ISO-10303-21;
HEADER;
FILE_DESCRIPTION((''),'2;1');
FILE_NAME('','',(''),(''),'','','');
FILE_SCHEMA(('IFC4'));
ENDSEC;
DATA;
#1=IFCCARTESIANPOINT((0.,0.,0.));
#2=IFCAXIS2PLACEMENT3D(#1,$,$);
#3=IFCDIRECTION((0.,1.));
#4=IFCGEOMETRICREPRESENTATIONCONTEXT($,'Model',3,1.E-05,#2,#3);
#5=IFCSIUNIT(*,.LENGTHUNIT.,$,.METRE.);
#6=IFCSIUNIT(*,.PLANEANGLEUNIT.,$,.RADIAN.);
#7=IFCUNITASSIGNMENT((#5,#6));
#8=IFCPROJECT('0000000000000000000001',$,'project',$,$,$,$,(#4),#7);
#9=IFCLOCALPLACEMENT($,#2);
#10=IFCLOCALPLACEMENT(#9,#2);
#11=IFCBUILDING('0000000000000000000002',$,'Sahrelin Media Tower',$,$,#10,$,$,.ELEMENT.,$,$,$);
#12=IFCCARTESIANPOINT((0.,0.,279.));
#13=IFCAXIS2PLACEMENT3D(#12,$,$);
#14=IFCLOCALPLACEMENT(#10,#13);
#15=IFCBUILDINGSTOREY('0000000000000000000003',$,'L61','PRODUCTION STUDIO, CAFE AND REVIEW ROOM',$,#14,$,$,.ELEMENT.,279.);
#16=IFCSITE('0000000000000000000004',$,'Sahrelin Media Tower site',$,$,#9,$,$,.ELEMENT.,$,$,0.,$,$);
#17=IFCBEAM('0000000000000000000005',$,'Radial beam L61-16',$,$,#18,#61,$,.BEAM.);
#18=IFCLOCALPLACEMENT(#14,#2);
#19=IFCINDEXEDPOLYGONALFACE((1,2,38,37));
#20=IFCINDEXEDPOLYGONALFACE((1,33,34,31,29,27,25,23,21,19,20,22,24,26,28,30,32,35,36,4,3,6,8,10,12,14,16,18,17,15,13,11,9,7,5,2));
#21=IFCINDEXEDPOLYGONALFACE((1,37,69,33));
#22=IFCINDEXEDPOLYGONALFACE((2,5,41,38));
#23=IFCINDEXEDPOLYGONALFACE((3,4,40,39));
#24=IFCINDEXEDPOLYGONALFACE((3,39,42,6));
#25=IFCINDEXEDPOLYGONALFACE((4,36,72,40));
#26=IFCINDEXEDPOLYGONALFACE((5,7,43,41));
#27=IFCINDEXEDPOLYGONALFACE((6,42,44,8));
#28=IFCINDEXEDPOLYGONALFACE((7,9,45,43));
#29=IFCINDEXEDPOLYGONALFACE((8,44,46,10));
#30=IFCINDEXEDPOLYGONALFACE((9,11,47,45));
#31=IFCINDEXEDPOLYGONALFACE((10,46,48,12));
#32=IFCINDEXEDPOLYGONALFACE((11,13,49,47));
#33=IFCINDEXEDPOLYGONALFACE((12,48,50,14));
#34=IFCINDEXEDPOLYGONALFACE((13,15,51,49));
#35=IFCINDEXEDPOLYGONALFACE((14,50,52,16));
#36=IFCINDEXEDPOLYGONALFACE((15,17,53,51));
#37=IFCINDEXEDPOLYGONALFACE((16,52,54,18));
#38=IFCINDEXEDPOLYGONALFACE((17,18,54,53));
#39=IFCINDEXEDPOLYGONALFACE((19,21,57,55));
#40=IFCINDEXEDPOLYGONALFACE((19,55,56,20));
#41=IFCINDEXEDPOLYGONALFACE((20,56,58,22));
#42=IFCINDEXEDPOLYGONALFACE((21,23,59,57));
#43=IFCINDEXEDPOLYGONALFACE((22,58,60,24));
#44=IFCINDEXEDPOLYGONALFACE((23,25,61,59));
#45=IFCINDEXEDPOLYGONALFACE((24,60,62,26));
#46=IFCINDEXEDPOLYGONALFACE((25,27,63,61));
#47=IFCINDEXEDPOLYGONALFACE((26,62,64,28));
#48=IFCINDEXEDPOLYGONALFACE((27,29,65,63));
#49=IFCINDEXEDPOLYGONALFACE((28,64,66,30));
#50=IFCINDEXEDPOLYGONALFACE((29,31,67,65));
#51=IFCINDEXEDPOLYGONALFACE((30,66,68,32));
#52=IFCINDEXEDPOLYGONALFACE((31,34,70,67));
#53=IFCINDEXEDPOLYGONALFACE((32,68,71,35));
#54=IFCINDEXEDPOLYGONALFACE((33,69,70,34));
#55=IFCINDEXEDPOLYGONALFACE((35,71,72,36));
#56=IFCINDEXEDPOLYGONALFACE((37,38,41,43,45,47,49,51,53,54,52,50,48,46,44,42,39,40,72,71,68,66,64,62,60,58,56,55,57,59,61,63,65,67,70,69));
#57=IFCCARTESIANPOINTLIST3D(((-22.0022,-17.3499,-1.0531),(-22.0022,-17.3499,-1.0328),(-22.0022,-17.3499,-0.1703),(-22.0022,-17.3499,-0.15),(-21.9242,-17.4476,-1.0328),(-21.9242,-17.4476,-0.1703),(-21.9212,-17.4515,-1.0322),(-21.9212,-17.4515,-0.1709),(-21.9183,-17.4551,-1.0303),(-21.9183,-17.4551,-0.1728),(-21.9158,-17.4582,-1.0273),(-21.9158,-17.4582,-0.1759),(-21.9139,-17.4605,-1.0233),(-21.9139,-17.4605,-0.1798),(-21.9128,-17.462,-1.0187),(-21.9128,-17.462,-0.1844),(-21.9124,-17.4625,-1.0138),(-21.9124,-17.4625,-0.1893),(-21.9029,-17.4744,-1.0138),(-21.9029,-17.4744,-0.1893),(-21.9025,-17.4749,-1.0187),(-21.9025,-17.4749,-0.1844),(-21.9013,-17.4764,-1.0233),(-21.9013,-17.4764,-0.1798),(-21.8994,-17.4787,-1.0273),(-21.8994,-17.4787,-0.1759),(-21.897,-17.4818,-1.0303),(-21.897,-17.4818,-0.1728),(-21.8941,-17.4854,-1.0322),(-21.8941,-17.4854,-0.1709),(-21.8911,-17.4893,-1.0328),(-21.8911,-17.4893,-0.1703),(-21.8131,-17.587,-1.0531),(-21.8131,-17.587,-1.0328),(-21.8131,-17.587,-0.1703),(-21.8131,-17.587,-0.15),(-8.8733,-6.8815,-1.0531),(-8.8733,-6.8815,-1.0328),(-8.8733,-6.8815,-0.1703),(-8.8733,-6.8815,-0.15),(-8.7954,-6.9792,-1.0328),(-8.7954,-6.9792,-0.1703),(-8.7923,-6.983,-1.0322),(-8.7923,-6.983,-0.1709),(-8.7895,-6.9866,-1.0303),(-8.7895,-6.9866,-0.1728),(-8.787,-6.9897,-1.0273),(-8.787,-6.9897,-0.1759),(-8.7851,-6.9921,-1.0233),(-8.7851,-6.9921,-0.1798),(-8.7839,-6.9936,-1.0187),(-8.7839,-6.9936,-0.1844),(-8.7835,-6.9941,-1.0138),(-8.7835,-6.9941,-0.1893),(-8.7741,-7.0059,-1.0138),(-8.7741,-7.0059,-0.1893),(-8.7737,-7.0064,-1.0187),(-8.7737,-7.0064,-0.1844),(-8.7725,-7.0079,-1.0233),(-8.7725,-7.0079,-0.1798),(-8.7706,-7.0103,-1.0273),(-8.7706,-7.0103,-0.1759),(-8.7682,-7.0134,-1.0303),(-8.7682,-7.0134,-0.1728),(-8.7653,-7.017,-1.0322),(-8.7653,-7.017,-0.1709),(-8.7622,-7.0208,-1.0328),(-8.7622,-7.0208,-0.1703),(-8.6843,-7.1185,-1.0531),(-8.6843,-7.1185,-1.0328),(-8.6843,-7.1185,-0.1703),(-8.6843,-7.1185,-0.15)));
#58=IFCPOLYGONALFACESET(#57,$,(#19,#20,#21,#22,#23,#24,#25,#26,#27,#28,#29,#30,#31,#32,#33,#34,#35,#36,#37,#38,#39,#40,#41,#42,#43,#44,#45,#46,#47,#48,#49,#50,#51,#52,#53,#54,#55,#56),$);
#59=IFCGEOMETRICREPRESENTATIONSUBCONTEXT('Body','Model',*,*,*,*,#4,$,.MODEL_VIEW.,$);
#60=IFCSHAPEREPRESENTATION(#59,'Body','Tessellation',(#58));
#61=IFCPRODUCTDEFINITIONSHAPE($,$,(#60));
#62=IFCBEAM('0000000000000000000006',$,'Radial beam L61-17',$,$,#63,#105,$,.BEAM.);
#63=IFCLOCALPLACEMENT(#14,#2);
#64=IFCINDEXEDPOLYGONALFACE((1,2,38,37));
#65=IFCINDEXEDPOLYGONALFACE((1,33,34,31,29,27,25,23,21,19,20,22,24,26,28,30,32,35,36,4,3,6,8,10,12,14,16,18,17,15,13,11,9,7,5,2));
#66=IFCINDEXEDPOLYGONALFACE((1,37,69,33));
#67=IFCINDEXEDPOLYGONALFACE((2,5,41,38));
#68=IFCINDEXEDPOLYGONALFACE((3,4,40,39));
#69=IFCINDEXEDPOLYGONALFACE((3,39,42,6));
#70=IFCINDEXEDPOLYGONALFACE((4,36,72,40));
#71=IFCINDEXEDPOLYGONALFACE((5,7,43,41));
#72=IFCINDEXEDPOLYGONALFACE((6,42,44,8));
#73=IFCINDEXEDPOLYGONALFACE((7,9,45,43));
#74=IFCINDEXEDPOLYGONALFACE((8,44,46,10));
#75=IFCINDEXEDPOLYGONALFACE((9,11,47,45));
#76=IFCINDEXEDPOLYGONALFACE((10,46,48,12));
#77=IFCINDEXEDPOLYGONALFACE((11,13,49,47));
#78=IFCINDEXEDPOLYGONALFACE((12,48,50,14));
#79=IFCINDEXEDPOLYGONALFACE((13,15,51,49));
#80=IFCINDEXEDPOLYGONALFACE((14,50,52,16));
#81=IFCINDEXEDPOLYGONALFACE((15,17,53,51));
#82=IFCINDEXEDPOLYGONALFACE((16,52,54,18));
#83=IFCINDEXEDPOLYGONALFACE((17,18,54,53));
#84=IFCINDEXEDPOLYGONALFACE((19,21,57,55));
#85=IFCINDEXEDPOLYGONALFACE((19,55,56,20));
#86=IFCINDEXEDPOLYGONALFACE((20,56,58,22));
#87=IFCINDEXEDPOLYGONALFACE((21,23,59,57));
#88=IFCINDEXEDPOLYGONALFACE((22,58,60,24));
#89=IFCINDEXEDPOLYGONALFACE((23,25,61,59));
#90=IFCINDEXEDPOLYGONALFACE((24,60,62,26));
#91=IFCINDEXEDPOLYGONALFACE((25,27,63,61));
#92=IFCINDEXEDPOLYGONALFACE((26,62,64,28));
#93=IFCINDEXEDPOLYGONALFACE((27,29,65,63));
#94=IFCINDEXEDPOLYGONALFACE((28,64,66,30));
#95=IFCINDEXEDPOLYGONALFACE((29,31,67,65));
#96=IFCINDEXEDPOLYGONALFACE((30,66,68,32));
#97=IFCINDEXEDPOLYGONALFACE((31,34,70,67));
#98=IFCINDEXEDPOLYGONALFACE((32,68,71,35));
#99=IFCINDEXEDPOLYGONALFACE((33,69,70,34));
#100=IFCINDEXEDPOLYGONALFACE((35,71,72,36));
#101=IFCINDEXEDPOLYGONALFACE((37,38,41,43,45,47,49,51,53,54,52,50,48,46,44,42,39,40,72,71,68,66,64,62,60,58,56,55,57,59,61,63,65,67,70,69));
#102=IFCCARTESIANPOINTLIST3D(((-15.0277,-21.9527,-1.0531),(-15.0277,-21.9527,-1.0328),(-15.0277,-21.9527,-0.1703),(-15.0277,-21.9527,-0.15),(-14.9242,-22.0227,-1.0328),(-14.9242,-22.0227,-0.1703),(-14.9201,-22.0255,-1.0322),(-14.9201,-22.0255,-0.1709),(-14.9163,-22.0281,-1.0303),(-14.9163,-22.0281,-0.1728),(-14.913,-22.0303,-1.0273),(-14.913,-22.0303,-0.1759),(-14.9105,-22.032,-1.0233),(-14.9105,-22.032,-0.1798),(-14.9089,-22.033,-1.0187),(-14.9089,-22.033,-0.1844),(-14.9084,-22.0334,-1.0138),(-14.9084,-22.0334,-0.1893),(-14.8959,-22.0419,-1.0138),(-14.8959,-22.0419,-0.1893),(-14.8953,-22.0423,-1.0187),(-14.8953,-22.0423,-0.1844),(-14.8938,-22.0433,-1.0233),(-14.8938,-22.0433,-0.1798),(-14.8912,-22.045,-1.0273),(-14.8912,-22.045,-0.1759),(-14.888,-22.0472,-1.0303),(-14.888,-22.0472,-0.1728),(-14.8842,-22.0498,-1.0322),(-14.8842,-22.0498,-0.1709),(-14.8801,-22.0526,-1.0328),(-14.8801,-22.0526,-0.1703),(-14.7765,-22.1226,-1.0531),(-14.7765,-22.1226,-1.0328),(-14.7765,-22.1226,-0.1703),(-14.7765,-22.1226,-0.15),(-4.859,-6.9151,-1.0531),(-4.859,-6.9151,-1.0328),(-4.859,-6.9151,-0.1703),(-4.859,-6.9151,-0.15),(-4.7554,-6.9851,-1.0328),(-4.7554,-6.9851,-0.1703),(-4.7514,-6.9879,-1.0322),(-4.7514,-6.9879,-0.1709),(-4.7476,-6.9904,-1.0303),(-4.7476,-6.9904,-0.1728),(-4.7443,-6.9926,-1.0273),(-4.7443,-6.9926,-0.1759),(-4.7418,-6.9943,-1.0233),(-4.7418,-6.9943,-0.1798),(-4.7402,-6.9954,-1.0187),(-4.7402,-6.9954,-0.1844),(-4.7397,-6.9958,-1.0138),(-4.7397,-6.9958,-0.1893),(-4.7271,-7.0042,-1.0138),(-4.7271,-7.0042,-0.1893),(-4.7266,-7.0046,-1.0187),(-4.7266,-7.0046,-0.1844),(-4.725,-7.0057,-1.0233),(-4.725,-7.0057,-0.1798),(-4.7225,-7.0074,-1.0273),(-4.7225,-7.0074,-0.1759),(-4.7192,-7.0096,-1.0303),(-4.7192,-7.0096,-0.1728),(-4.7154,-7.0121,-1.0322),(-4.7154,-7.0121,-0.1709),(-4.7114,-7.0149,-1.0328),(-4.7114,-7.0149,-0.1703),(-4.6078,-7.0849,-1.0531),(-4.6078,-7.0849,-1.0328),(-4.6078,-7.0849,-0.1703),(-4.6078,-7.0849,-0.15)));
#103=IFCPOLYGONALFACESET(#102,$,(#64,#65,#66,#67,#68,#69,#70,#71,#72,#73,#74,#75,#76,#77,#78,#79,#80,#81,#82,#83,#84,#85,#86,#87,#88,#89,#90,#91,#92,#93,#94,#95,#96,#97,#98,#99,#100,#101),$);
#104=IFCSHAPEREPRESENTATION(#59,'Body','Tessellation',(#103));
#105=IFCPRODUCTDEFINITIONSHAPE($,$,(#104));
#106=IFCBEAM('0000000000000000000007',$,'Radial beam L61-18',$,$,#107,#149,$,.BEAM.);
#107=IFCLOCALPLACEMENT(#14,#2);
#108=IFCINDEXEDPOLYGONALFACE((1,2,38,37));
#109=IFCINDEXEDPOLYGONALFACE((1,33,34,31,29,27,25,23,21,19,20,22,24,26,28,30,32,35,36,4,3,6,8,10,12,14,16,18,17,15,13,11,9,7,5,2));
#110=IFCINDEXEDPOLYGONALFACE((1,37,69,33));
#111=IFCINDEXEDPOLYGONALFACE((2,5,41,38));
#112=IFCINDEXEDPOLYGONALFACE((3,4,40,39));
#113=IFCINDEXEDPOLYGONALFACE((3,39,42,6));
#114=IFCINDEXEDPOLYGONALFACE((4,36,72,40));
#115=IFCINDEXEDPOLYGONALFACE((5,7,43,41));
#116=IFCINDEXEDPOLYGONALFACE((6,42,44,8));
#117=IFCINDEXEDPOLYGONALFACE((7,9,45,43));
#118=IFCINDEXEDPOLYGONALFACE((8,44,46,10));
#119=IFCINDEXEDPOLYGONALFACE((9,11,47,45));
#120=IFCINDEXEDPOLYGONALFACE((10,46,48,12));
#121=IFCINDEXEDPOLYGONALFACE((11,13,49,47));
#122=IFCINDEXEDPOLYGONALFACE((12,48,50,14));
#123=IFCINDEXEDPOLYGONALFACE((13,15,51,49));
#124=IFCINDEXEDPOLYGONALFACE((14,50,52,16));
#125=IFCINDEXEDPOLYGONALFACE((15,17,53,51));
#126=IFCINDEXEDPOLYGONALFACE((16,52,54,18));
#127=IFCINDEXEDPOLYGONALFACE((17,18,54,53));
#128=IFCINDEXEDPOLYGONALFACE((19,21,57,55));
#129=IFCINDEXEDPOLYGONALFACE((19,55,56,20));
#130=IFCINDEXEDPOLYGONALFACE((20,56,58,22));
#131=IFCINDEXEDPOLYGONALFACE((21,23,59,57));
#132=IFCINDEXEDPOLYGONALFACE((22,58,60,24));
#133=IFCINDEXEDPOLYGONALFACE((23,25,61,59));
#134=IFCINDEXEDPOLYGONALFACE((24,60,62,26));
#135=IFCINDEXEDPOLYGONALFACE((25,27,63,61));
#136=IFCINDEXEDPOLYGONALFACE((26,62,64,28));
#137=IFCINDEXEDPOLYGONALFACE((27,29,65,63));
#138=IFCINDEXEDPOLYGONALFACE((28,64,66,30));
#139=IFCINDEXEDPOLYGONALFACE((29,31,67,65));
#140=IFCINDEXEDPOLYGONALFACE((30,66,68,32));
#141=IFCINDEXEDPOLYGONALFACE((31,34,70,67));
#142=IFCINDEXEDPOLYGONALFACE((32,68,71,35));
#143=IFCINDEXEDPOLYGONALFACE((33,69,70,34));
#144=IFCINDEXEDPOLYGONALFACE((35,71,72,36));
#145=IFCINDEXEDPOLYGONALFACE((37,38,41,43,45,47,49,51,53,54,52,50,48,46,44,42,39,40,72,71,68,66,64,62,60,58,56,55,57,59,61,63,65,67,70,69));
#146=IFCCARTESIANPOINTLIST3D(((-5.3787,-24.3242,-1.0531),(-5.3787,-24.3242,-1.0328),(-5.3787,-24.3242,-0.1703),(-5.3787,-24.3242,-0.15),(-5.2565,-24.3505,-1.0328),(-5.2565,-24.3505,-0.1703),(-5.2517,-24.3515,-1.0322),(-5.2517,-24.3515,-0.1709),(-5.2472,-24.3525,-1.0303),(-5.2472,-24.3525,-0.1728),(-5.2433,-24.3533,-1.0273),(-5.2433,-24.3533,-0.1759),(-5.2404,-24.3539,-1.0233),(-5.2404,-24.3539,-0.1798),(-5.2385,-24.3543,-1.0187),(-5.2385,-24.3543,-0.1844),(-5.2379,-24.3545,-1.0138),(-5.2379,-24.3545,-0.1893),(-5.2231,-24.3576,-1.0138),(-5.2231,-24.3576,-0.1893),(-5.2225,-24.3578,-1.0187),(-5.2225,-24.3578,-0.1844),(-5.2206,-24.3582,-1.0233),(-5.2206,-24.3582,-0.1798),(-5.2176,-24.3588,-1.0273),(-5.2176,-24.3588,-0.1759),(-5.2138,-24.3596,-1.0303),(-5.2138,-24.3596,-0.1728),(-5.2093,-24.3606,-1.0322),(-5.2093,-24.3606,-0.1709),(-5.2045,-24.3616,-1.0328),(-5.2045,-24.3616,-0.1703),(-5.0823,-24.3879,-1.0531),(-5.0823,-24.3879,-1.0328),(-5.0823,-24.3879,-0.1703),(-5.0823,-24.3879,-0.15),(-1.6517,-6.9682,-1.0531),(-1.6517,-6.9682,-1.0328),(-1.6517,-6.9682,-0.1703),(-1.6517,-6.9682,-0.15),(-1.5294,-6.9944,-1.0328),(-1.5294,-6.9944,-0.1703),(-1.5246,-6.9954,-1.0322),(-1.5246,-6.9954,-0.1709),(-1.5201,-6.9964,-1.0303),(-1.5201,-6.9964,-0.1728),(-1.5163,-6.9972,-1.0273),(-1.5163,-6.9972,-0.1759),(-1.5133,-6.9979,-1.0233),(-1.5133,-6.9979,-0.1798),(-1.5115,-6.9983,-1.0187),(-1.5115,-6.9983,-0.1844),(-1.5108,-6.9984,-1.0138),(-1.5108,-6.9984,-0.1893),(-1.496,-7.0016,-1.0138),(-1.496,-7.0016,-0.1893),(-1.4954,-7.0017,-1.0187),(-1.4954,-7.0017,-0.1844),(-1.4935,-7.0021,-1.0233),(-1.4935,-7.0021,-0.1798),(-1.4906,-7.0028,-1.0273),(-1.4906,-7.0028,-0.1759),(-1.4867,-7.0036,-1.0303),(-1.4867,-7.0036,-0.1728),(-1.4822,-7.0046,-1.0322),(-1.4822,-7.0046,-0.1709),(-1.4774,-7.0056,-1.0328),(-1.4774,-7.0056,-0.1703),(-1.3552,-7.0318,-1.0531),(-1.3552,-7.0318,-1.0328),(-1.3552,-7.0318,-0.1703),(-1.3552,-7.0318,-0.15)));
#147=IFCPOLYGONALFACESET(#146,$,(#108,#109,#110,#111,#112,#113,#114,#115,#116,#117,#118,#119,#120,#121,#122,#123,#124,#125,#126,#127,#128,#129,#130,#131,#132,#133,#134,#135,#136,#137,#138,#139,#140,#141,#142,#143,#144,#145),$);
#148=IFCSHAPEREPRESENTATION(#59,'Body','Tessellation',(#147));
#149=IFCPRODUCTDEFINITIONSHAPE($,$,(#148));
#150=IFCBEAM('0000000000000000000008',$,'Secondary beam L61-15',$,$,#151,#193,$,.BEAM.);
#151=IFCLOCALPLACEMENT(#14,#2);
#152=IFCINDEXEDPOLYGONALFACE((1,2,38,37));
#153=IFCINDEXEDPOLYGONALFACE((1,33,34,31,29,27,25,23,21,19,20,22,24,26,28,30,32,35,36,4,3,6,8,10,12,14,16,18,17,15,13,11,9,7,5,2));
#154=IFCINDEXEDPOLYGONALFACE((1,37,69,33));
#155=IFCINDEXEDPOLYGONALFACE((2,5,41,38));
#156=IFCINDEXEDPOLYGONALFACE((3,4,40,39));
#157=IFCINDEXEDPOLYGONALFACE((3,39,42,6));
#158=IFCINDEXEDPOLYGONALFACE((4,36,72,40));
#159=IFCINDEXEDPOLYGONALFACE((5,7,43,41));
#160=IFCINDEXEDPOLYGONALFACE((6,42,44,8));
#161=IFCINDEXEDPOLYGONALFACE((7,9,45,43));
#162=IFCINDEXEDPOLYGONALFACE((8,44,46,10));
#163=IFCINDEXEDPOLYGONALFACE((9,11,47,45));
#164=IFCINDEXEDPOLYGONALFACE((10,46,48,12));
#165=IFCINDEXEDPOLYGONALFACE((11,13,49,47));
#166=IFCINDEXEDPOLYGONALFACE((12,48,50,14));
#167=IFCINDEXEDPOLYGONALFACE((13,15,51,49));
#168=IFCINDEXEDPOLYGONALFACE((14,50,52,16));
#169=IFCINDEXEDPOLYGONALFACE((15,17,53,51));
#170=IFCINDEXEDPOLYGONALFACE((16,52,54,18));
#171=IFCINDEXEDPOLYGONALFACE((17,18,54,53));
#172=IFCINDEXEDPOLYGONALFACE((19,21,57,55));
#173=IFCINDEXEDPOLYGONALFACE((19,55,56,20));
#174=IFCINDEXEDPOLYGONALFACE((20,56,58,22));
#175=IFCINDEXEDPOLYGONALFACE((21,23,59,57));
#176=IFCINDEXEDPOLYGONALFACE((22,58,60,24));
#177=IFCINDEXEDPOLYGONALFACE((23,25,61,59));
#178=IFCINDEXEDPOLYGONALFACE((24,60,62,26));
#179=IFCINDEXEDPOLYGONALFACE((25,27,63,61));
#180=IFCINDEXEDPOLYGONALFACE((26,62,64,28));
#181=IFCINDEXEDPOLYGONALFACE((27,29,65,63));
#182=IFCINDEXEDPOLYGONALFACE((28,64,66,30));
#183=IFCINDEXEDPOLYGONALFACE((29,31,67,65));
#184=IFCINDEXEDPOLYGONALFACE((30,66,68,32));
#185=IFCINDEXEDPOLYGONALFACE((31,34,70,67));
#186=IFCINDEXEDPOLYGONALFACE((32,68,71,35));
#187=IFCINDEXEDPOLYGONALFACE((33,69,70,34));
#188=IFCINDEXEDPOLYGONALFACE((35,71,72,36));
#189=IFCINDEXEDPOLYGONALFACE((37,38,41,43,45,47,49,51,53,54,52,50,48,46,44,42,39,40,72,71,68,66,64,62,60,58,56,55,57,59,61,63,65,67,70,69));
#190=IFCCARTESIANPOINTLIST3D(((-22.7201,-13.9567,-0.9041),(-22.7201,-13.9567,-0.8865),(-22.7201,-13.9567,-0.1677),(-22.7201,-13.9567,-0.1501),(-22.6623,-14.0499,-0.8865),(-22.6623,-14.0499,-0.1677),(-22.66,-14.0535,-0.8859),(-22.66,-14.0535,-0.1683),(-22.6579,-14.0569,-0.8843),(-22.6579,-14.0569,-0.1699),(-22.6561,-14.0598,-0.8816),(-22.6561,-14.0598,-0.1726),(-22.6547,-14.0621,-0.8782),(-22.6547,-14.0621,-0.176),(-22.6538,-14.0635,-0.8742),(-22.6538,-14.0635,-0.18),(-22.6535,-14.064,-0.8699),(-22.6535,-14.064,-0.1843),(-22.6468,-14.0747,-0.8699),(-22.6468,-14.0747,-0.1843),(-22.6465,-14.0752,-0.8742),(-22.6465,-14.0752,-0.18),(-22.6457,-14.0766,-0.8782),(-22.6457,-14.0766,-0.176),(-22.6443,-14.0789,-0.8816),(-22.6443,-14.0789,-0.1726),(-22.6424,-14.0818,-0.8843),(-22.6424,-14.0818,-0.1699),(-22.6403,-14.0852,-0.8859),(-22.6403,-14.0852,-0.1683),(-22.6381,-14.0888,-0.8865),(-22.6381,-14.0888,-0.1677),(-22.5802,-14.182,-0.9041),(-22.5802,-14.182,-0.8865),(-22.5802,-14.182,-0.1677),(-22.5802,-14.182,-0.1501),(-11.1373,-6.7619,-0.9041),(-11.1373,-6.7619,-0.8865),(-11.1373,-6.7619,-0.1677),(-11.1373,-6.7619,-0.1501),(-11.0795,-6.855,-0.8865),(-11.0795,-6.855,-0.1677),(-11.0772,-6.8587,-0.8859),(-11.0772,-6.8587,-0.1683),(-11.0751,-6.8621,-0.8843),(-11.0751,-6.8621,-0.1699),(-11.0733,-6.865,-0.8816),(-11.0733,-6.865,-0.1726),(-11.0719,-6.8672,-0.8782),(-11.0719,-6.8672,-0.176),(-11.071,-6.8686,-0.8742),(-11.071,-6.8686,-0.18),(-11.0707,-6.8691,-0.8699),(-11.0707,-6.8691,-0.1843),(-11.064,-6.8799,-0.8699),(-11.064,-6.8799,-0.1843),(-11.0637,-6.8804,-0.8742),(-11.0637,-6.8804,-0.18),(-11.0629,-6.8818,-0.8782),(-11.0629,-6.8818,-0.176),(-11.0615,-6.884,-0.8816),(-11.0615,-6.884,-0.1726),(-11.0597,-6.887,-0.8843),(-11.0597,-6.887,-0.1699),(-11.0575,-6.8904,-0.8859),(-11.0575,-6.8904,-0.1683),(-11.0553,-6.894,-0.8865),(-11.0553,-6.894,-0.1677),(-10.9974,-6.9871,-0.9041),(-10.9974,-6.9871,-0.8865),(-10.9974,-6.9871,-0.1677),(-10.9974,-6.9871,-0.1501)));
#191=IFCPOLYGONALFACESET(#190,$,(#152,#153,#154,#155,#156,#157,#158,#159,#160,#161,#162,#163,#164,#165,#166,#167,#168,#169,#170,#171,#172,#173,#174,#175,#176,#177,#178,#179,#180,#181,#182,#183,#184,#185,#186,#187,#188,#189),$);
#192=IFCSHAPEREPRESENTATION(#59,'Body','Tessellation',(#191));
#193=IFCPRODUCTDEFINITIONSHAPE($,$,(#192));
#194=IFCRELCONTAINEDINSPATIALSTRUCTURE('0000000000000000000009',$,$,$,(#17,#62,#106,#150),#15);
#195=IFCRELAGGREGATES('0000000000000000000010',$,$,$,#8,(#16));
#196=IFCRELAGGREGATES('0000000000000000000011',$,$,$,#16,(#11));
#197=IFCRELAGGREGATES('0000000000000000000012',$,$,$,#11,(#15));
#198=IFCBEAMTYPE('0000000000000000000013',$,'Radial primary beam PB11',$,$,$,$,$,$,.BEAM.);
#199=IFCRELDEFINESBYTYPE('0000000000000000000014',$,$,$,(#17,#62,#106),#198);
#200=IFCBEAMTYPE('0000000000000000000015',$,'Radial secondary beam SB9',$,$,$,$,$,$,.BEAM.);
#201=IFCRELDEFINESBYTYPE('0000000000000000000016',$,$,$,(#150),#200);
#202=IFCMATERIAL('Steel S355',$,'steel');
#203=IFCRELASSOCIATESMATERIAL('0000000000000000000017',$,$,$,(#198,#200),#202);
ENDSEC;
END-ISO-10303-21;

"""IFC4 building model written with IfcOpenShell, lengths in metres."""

from ifc_helpers import new_model, si_unit, direction, frame, origin, origin_2d, place, context, subcontext, project, spatial, i_section, extrude, material, material_profile, profile_set, type_object, element, save


model = new_model("IFC4")

# Units and contexts
model_context = context("Model", 3, precision=1e-05, world=origin(), true_north=direction((0.0, 1.0)))
body_context = subcontext(model_context, "Body", "Model", "MODEL_VIEW")
ifc_project = project(units=[si_unit("LENGTHUNIT", "METRE"), si_unit("PLANEANGLEUNIT", "RADIAN")], contexts=[model_context])

# Site, building, storey
site_placement = place(None, origin())
site = spatial("IfcSite", under=ifc_project, at=site_placement, Name="Sahrelin Media Tower site", CompositionType="ELEMENT", RefElevation=0.0)
building_placement = place(site_placement, origin())
building = spatial("IfcBuilding", under=site, at=building_placement, Name="Sahrelin Media Tower", CompositionType="ELEMENT")
storey_placement = place(building_placement, frame((0.0, 0.0, 279.0)))
storey = spatial("IfcBuildingStorey", under=building, at=storey_placement, Name="L61", Description="PRODUCTION STUDIO, CAFE AND REVIEW ROOM", CompositionType="ELEMENT", Elevation=279.0)

# Beams
ifc_material_1 = material(Name="Steel S355", Category="steel")
ifc_material_profile_1 = material_profile(ifc_material_1, i_section(OverallWidth=0.3032, OverallDepth=0.9031, WebThickness=0.0151, FlangeThickness=0.0203, FilletRadius=0.019, at=origin_2d()), Name="UB 914x305x201")
ifc_profile_set_1 = profile_set([ifc_material_profile_1], Name="Steel S355")
beam_type_1 = type_object("IfcBeamType", Name="Radial primary beam PB11", PredefinedType="BEAM", material=ifc_profile_set_1)
beam_1_placement = place(storey_placement, frame((-8.7788, -7.0, -0.6016), z_axis=(-0.781874, -0.623437, 0.0), x_axis=(0.623437, -0.781874, 0.0)))
element("IfcBeam", 1, at=beam_1_placement, inside=storey, type_object=beam_type_1, Name="Radial beam L61-16", PredefinedType="BEAM", context=body_context, shape_type="SweptSolid", body=[
    extrude(i_section(OverallWidth=0.3032, OverallDepth=0.9031, WebThickness=0.0151, FlangeThickness=0.0203, FilletRadius=0.019, at=origin_2d()), origin(), (0.0, 0.0, 1.0), 16.7915),
])
beam_2_placement = place(storey_placement, frame((-4.7334, -7.0, -0.6016), z_axis=(-0.560166, -0.82838, 0.0), x_axis=(0.82838, -0.560166, 0.0)))
element("IfcBeam", 2, at=beam_2_placement, inside=storey, type_object=beam_type_1, Name="Radial beam L61-17", PredefinedType="BEAM", context=body_context, shape_type="SweptSolid", body=[
    extrude(i_section(OverallWidth=0.3032, OverallDepth=0.9031, WebThickness=0.0151, FlangeThickness=0.0203, FilletRadius=0.019, at=origin_2d()), origin(), (0.0, 0.0, 1.0), 18.1531),
])
beam_3_placement = place(storey_placement, frame((-1.5034, -7.0, -0.6016), z_axis=(-0.209955, -0.977711, 0.0), x_axis=(0.977711, -0.209955, 0.0)))
element("IfcBeam", 3, at=beam_3_placement, inside=storey, type_object=beam_type_1, Name="Radial beam L61-18", PredefinedType="BEAM", context=body_context, shape_type="SweptSolid", body=[
    extrude(i_section(OverallWidth=0.3032, OverallDepth=0.9031, WebThickness=0.0151, FlangeThickness=0.0203, FilletRadius=0.019, at=origin_2d()), origin(), (0.0, 0.0, 1.0), 17.7517),
])
ifc_material_profile_2 = material_profile(ifc_material_1, i_section(OverallWidth=0.2651, OverallDepth=0.7539, WebThickness=0.0127, FlangeThickness=0.0176, FilletRadius=0.0166, at=origin_2d()), Name="UB 762x267x147")
ifc_profile_set_2 = profile_set([ifc_material_profile_2], Name="Steel S355")
beam_type_2 = type_object("IfcBeamType", Name="Radial secondary beam SB9", PredefinedType="BEAM", material=ifc_profile_set_2)
beam_4_placement = place(storey_placement, frame((-11.0674, -6.8745, -0.5271), z_axis=(-0.849459, -0.527655, 0.0), x_axis=(0.527655, -0.849459, 0.0)))
element("IfcBeam", 4, at=beam_4_placement, inside=storey, type_object=beam_type_2, Name="Secondary beam L61-15", PredefinedType="BEAM", context=body_context, shape_type="SweptSolid", body=[
    extrude(i_section(OverallWidth=0.2651, OverallDepth=0.7539, WebThickness=0.0127, FlangeThickness=0.0176, FilletRadius=0.0166, at=origin_2d()), origin(), (0.0, 0.0, 1.0), 13.6355),
])

save(model, "model.ifc")
